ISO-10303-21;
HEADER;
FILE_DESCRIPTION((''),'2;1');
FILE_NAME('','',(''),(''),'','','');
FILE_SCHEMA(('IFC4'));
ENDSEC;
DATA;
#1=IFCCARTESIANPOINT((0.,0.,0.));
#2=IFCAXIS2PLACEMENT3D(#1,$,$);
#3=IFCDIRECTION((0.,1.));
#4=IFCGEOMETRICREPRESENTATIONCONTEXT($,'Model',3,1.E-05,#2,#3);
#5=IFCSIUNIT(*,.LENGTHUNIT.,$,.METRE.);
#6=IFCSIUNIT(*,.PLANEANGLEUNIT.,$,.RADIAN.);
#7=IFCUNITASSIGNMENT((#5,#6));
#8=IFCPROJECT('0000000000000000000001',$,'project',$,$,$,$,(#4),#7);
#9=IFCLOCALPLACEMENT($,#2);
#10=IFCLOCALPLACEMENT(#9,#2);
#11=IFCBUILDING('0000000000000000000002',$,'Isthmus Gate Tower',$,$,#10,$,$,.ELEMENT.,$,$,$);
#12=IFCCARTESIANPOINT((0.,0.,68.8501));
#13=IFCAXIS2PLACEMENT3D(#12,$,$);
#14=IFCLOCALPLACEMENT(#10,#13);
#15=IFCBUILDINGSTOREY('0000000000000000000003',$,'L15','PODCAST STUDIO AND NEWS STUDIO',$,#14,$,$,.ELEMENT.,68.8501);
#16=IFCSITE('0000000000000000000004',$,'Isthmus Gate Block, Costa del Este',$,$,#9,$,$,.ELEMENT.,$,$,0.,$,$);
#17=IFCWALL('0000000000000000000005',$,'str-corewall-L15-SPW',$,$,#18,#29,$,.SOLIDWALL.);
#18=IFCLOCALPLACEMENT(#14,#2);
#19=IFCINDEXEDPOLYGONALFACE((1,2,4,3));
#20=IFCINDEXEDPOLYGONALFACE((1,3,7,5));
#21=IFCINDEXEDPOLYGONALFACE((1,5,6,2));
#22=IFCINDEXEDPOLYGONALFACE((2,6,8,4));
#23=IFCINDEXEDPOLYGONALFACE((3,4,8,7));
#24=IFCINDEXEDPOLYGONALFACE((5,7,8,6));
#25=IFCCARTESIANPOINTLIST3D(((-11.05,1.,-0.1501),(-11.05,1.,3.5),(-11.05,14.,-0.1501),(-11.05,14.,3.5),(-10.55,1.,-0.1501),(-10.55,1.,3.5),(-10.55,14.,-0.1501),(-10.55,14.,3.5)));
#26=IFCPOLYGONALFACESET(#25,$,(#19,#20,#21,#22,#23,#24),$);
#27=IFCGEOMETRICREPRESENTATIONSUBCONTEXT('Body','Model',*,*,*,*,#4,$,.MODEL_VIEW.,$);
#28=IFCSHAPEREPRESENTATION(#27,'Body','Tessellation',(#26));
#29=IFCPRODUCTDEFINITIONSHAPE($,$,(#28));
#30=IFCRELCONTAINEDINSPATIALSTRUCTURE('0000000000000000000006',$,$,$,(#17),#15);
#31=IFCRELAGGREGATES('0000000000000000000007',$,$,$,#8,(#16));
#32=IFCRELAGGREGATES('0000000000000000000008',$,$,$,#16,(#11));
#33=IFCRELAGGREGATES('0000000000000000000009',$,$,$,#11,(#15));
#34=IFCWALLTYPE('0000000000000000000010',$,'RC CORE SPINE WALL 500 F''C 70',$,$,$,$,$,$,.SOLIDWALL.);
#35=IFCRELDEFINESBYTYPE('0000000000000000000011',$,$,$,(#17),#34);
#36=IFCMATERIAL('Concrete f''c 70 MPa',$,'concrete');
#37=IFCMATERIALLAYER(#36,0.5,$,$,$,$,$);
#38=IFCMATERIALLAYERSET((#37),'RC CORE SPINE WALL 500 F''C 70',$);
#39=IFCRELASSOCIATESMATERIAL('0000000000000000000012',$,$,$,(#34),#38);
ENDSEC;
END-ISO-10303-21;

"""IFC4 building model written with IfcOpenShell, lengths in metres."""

from ifc_helpers import new_model, si_unit, direction, frame, frame_2d, origin, place, context, subcontext, project, spatial, rectangle, extrude, material, layer, layer_set, type_object, element, save


model = new_model("IFC4")

# Units and contexts
model_context = context("Model", 3, precision=1e-05, world=origin(), true_north=direction((0.0, 1.0)))
body_context = subcontext(model_context, "Body", "Model", "MODEL_VIEW")
ifc_project = project(units=[si_unit("LENGTHUNIT", "METRE"), si_unit("PLANEANGLEUNIT", "RADIAN")], contexts=[model_context])

# Site, building, storey
site_placement = place(None, origin())
site = spatial("IfcSite", under=ifc_project, at=site_placement, Name="Isthmus Gate Block, Costa del Este", CompositionType="ELEMENT", RefElevation=0.0)
building_placement = place(site_placement, origin())
building = spatial("IfcBuilding", under=site, at=building_placement, Name="Isthmus Gate Tower", CompositionType="ELEMENT")
storey_placement = place(building_placement, frame((0.0, 0.0, 68.8501)))
storey = spatial("IfcBuildingStorey", under=building, at=storey_placement, Name="L15", Description="PODCAST STUDIO AND NEWS STUDIO", CompositionType="ELEMENT", Elevation=68.8501)

# Wall
ifc_material_1 = material(Name="Concrete f'c 70 MPa", Category="concrete")
ifc_layer_1 = layer(ifc_material_1, 0.5)
ifc_layer_set_1 = layer_set([ifc_layer_1], Name="RC CORE SPINE WALL 500 F'C 70")
wall_type_1 = type_object("IfcWallType", Name="RC CORE SPINE WALL 500 F'C 70", PredefinedType="SOLIDWALL", material=ifc_layer_set_1)
wall_1_placement = place(storey_placement, frame((-10.8, 1.0, -0.1501), z_axis=(0.0, 0.0, 1.0), x_axis=(0.0, 1.0, 0.0)))
element("IfcWall", 1, at=wall_1_placement, inside=storey, type_object=wall_type_1, Name="str-corewall-L15-SPW", PredefinedType="SOLIDWALL", context=body_context, shape_type="SweptSolid", body=[
    extrude(rectangle(XDim=13.0, YDim=0.5, at=frame_2d((6.5, 0.0))), origin(), (0.0, 0.0, 1.0), 3.6501),
])

save(model, "model.ifc")
